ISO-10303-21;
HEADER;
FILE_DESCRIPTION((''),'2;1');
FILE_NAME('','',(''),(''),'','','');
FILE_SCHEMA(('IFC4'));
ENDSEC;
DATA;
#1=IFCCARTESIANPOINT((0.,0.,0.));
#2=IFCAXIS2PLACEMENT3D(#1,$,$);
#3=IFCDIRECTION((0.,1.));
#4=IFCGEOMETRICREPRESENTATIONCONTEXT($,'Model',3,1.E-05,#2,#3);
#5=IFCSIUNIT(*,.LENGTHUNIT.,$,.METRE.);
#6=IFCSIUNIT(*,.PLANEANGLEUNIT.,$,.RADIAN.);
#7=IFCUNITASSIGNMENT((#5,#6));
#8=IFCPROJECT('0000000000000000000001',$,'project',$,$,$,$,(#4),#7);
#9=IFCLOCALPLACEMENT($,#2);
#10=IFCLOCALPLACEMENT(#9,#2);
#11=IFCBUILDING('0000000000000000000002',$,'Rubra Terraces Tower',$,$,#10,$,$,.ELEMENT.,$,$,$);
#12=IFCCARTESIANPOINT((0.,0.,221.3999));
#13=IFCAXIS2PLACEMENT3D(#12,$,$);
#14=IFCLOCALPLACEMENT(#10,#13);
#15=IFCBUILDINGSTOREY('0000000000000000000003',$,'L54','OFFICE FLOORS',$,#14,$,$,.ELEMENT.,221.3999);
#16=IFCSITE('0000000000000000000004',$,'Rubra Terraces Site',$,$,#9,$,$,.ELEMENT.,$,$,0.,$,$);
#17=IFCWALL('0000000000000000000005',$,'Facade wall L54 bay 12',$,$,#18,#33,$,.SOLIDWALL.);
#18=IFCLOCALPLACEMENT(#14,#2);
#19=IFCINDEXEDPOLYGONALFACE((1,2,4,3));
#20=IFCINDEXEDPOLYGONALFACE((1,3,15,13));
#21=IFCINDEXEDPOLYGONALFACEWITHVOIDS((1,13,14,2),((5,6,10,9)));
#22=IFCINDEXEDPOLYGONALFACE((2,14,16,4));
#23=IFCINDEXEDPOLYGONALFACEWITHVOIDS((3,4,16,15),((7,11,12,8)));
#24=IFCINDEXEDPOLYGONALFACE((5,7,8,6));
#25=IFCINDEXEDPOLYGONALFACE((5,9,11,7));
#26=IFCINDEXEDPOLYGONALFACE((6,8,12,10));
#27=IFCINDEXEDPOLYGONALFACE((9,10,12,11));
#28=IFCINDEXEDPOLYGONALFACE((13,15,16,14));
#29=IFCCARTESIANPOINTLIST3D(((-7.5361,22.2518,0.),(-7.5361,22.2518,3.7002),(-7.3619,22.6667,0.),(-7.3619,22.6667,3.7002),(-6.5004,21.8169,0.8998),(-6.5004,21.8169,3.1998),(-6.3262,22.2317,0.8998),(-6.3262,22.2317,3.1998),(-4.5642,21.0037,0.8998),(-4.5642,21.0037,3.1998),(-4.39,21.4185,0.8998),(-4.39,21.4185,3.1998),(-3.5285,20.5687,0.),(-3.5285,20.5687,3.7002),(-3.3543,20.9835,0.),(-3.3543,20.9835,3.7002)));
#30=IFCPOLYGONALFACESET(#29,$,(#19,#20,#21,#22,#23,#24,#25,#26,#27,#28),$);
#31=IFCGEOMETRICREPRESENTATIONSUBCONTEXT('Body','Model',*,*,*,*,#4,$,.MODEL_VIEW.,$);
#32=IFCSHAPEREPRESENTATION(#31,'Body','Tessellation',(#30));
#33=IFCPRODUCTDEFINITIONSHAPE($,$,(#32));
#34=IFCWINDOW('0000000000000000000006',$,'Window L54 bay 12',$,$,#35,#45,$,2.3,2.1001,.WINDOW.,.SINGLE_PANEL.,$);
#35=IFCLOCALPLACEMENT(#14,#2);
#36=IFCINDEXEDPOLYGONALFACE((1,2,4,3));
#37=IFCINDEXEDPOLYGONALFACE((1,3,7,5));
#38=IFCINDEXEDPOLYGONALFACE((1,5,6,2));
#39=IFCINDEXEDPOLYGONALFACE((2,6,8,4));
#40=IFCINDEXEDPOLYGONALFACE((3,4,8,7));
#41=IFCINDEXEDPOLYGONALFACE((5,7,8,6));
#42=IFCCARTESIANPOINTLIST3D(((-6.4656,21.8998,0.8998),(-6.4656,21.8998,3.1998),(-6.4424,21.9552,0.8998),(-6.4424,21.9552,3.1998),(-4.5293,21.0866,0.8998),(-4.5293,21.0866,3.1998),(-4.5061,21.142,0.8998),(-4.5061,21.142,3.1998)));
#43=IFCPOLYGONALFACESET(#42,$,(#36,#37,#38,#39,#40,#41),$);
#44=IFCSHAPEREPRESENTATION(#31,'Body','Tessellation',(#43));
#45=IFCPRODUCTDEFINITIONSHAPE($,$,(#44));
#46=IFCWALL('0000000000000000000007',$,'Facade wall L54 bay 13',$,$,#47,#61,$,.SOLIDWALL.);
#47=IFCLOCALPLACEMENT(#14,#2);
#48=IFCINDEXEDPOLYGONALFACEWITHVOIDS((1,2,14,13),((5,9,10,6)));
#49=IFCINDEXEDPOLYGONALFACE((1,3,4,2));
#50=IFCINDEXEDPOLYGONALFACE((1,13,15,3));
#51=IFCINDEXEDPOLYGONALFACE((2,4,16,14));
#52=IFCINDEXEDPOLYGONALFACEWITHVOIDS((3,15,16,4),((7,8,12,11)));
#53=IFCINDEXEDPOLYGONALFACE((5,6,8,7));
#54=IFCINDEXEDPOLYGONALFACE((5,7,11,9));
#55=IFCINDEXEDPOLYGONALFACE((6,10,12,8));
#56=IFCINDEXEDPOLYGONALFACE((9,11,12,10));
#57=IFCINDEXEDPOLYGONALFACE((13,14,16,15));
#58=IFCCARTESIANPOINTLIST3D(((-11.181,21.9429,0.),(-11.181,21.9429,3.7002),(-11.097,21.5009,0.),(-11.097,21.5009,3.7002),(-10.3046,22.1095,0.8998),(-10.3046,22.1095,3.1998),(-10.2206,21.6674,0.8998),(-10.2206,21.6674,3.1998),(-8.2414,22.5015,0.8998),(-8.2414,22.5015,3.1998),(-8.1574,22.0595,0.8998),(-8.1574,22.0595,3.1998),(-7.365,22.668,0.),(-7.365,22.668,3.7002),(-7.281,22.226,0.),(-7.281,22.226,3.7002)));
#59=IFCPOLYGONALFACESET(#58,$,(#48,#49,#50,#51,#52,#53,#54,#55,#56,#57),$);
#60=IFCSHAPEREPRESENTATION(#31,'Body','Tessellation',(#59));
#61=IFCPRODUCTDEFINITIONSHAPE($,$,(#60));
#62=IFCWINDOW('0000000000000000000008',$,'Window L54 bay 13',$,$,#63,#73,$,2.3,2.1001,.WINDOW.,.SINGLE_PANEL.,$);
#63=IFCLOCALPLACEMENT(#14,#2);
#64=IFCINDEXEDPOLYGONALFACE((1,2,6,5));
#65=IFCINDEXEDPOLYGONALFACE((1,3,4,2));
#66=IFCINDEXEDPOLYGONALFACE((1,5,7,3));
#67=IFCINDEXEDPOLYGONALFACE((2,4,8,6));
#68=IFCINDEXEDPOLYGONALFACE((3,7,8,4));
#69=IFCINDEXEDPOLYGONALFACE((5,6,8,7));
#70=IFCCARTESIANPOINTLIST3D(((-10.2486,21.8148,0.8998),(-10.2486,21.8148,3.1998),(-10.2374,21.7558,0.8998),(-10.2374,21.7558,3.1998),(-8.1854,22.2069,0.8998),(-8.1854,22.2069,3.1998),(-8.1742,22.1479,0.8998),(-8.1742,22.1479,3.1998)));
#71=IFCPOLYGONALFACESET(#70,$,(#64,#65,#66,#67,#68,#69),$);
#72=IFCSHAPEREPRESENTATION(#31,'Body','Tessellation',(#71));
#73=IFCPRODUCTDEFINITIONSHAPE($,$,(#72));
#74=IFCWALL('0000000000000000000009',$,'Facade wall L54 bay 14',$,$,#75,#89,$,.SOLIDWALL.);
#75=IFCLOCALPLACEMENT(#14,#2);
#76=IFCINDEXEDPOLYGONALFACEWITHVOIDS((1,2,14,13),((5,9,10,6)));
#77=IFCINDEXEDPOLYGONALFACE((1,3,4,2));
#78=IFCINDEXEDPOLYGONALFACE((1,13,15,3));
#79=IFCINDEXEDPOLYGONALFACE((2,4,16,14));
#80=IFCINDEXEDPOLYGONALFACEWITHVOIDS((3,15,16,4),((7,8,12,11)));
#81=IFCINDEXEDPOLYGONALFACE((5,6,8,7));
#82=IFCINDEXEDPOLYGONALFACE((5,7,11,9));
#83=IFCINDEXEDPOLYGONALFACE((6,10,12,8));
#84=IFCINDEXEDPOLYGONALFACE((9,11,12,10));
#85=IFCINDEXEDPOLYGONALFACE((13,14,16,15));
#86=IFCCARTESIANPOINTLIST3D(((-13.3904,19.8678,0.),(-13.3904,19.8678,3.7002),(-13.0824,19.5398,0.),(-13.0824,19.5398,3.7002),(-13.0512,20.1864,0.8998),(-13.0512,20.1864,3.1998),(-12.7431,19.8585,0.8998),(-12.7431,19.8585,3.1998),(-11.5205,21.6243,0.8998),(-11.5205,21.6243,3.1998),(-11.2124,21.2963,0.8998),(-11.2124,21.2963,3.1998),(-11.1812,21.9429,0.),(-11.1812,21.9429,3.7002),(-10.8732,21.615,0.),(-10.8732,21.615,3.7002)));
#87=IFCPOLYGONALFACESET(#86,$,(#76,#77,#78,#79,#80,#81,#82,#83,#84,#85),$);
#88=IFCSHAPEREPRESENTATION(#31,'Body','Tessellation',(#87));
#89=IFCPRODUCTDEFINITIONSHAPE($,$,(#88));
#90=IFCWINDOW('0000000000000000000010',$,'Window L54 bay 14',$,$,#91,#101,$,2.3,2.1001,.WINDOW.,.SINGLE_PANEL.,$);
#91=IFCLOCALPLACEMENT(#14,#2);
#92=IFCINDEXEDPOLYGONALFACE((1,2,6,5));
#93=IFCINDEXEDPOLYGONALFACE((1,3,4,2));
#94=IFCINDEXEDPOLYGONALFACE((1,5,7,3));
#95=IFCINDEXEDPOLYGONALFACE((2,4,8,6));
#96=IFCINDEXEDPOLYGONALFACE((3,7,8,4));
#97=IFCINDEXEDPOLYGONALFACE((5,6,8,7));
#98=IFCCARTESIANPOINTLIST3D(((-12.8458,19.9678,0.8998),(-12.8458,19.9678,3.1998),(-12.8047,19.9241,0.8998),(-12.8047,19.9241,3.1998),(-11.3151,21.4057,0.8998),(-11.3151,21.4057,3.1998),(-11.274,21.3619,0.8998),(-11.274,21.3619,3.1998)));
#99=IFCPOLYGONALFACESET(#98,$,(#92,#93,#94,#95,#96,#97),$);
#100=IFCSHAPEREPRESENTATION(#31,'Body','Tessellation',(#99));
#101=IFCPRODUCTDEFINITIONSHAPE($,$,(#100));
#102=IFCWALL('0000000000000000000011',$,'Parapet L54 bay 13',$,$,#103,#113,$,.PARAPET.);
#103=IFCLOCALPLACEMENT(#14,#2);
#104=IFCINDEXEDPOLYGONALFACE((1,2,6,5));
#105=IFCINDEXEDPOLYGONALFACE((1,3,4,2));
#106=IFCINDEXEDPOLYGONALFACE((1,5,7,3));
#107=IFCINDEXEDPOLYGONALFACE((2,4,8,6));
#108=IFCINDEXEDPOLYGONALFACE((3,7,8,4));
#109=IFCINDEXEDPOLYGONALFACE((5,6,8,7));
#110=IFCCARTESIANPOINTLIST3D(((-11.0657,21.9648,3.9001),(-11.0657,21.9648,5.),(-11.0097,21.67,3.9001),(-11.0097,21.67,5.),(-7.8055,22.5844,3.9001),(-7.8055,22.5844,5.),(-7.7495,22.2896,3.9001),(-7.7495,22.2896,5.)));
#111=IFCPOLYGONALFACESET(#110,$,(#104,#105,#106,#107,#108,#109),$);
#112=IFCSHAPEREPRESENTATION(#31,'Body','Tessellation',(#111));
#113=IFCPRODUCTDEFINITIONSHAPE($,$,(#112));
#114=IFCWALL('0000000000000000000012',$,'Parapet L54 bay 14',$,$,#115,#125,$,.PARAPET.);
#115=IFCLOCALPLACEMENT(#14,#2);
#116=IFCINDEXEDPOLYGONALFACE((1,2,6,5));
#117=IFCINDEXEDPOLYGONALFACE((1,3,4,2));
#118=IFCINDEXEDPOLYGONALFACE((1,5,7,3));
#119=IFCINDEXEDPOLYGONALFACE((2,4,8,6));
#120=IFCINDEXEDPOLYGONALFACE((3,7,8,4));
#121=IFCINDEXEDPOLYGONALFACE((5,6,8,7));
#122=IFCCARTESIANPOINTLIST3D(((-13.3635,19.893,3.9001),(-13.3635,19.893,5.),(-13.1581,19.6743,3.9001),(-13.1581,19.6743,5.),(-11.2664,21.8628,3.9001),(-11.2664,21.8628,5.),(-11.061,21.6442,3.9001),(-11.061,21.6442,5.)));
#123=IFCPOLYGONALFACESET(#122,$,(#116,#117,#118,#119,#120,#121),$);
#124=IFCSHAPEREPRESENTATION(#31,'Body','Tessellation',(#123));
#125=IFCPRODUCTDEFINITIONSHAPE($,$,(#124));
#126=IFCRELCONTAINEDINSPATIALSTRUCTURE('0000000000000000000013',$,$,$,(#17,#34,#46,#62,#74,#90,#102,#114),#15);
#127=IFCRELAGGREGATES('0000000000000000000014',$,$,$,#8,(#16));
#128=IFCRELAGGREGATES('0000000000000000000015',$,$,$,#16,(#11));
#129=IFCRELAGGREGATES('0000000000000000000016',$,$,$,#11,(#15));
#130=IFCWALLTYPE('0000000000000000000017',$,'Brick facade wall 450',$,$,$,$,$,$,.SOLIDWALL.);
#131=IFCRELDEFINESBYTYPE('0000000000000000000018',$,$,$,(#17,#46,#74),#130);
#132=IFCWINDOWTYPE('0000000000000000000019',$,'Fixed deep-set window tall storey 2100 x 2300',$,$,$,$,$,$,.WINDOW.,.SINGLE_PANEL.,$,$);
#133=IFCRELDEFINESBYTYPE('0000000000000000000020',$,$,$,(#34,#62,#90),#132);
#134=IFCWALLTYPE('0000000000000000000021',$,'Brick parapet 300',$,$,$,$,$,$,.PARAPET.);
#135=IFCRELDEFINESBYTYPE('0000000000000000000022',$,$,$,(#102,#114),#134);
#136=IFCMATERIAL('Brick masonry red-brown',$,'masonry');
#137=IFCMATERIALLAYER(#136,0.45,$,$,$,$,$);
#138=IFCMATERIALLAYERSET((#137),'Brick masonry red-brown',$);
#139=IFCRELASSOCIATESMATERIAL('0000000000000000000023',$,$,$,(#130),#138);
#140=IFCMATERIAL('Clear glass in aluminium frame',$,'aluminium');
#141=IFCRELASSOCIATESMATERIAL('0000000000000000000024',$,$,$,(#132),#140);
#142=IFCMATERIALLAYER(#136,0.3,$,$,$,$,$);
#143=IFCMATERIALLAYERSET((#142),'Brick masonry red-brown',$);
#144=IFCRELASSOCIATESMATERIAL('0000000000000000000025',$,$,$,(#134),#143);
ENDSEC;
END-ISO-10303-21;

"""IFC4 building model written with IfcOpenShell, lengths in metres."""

from ifc_helpers import new_model, si_unit, direction, frame, frame_2d, origin, place, context, subcontext, project, spatial, rectangle, extrude, material, layer, layer_set, type_object, element, fill, save


model = new_model("IFC4")

# Units and contexts
model_context = context("Model", 3, precision=1e-05, world=origin(), true_north=direction((0.0, 1.0)))
body_context = subcontext(model_context, "Body", "Model", "MODEL_VIEW")
ifc_project = project(units=[si_unit("LENGTHUNIT", "METRE"), si_unit("PLANEANGLEUNIT", "RADIAN")], contexts=[model_context])

# Site, building, storey
site_placement = place(None, origin())
site = spatial("IfcSite", under=ifc_project, at=site_placement, Name="Rubra Terraces Site", CompositionType="ELEMENT", RefElevation=0.0)
building_placement = place(site_placement, origin())
building = spatial("IfcBuilding", under=site, at=building_placement, Name="Rubra Terraces Tower", CompositionType="ELEMENT")
storey_placement = place(building_placement, frame((0.0, 0.0, 221.3999)))
storey = spatial("IfcBuildingStorey", under=building, at=storey_placement, Name="L54", Description="OFFICE FLOORS", CompositionType="ELEMENT", Elevation=221.3999)

# Walls, openings, windows
ifc_material_1 = material(Name="Brick masonry red-brown", Category="masonry")
ifc_layer_1 = layer(ifc_material_1, 0.45)
ifc_layer_set_1 = layer_set([ifc_layer_1], Name="Brick masonry red-brown")
wall_type_1 = type_object("IfcWallType", Name="Brick facade wall 450", PredefinedType="SOLIDWALL", material=ifc_layer_set_1)
wall_1_placement = place(storey_placement, frame((-3.4414, 20.7761, 0.0), z_axis=(0.0, 0.0, 1.0), x_axis=(-0.921988, 0.387218, 0.0)))
wall_1 = element("IfcWall", 1, at=wall_1_placement, inside=storey, type_object=wall_type_1, Name="Facade wall L54 bay 12", PredefinedType="SOLIDWALL", context=body_context, shape_type="SweptSolid", body=[
    extrude(rectangle(XDim=4.3467, YDim=0.45, at=frame_2d((2.1733, 0.0))), origin(), (0.0, 0.0, 1.0), 3.7002),
])
opening_1_placement = place(wall_1_placement, frame((1.1233, 0.0, 0.8999)))
opening_1 = element("IfcOpeningElement", 2, at=opening_1_placement, cuts=wall_1, PredefinedType="OPENING", context=body_context, shape_type="SweptSolid", body=[
    extrude(rectangle(XDim=2.1001, YDim=2.3, at=frame_2d((1.05, 1.1499))), frame((0.0, 0.2349, 0.0), z_axis=(0.0, -1.0, 0.0), x_axis=(1.0, 0.0, 0.0)), (0.0, 0.0, 1.0), 0.47),
])
ifc_material_2 = material(Name="Clear glass in aluminium frame", Category="aluminium")
window_type = type_object("IfcWindowType", Name="Fixed deep-set window tall storey 2100 x 2300", PartitioningType="SINGLE_PANEL", PredefinedType="WINDOW", material=ifc_material_2)
window_1_placement = place(opening_1_placement, origin())
window_1 = element("IfcWindow", 3, at=window_1_placement, inside=storey, type_object=window_type, Name="Window L54 bay 12", OverallHeight=2.3, OverallWidth=2.1001, PartitioningType="SINGLE_PANEL", PredefinedType="WINDOW", context=body_context, shape_type="SweptSolid", body=[
    extrude(rectangle(XDim=2.1001, YDim=2.3, at=frame_2d((1.05, 1.1499))), frame((0.0, 0.135, 0.0), z_axis=(0.0, -1.0, 0.0), x_axis=(1.0, 0.0, 0.0)), (0.0, 0.0, 1.0), 0.0601),
])
fill(opening_1, window_1)
wall_2_placement = place(storey_placement, frame((-7.323, 22.447, 0.0), z_axis=(0.0, 0.0, 1.0), x_axis=(-0.982421, -0.186679, 0.0)))
wall_2 = element("IfcWall", 4, at=wall_2_placement, inside=storey, type_object=wall_type_1, Name="Facade wall L54 bay 13", PredefinedType="SOLIDWALL", context=body_context, shape_type="SweptSolid", body=[
    extrude(rectangle(XDim=3.8843, YDim=0.45, at=frame_2d((1.9421, 0.0))), origin(), (0.0, 0.0, 1.0), 3.7002),
])
opening_2_placement = place(wall_2_placement, frame((0.8921, 0.0, 0.8999)))
opening_2 = element("IfcOpeningElement", 5, at=opening_2_placement, cuts=wall_2, PredefinedType="OPENING", context=body_context, shape_type="SweptSolid", body=[
    extrude(rectangle(XDim=2.1001, YDim=2.3, at=frame_2d((1.05, 1.1499))), frame((0.0, 0.2349, 0.0), z_axis=(0.0, -1.0, 0.0), x_axis=(1.0, 0.0, 0.0)), (0.0, 0.0, 1.0), 0.47),
])
window_2_placement = place(opening_2_placement, origin())
window_2 = element("IfcWindow", 6, at=window_2_placement, inside=storey, type_object=window_type, Name="Window L54 bay 13", OverallHeight=2.3, OverallWidth=2.1001, PartitioningType="SINGLE_PANEL", PredefinedType="WINDOW", context=body_context, shape_type="SweptSolid", body=[
    extrude(rectangle(XDim=2.1001, YDim=2.3, at=frame_2d((1.05, 1.1499))), frame((0.0, 0.135, 0.0), z_axis=(0.0, -1.0, 0.0), x_axis=(1.0, 0.0, 0.0)), (0.0, 0.0, 1.0), 0.0601),
])
fill(opening_2, window_2)
wall_3_placement = place(storey_placement, frame((-11.0271, 21.7791, 0.0), z_axis=(0.0, 0.0, 1.0), x_axis=(-0.728871, -0.684651, 0.0)))
wall_3 = element("IfcWall", 7, at=wall_3_placement, inside=storey, type_object=wall_type_1, Name="Facade wall L54 bay 14", PredefinedType="SOLIDWALL", context=body_context, shape_type="SweptSolid", body=[
    extrude(rectangle(XDim=3.031, YDim=0.45, at=frame_2d((1.5156, 0.0))), origin(), (0.0, 0.0, 1.0), 3.7002),
])
opening_3_placement = place(wall_3_placement, frame((0.4656, 0.0, 0.8999)))
opening_3 = element("IfcOpeningElement", 8, at=opening_3_placement, cuts=wall_3, PredefinedType="OPENING", context=body_context, shape_type="SweptSolid", body=[
    extrude(rectangle(XDim=2.1001, YDim=2.3, at=frame_2d((1.05, 1.1499))), frame((0.0, 0.2349, 0.0), z_axis=(0.0, -1.0, 0.0), x_axis=(1.0, 0.0, 0.0)), (0.0, 0.0, 1.0), 0.47),
])
window_3_placement = place(opening_3_placement, origin())
window_3 = element("IfcWindow", 9, at=window_3_placement, inside=storey, type_object=window_type, Name="Window L54 bay 14", OverallHeight=2.3, OverallWidth=2.1001, PartitioningType="SINGLE_PANEL", PredefinedType="WINDOW", context=body_context, shape_type="SweptSolid", body=[
    extrude(rectangle(XDim=2.1001, YDim=2.3, at=frame_2d((1.05, 1.1499))), frame((0.0, 0.135, 0.0), z_axis=(0.0, -1.0, 0.0), x_axis=(1.0, 0.0, 0.0)), (0.0, 0.0, 1.0), 0.0601),
])
fill(opening_3, window_3)

# Walls
ifc_layer_2 = layer(ifc_material_1, 0.3)
ifc_layer_set_2 = layer_set([ifc_layer_2], Name="Brick masonry red-brown")
wall_type_2 = type_object("IfcWallType", Name="Brick parapet 300", PredefinedType="PARAPET", material=ifc_layer_set_2)
wall_4_placement = place(storey_placement, frame((-7.7776, 22.437, 3.9001), z_axis=(0.0, 0.0, 1.0), x_axis=(-0.982414, -0.186713, 0.0)))
element("IfcWall", 10, at=wall_4_placement, inside=storey, type_object=wall_type_2, Name="Parapet L54 bay 13", PredefinedType="PARAPET", context=body_context, shape_type="SweptSolid", body=[
    extrude(rectangle(XDim=3.3186, YDim=0.3, at=frame_2d((1.6592, 0.0))), origin(), (0.0, 0.0, 1.0), 1.0999),
])
wall_5_placement = place(storey_placement, frame((-11.1638, 21.7534, 3.9001), z_axis=(0.0, 0.0, 1.0), x_axis=(-0.728865, -0.684658, 0.0)))
element("IfcWall", 11, at=wall_5_placement, inside=storey, type_object=wall_type_2, Name="Parapet L54 bay 14", PredefinedType="PARAPET", context=body_context, shape_type="SweptSolid", body=[
    extrude(rectangle(XDim=2.8772, YDim=0.3, at=frame_2d((1.4385, 0.0))), origin(), (0.0, 0.0, 1.0), 1.0999),
])

save(model, "model.ifc")
